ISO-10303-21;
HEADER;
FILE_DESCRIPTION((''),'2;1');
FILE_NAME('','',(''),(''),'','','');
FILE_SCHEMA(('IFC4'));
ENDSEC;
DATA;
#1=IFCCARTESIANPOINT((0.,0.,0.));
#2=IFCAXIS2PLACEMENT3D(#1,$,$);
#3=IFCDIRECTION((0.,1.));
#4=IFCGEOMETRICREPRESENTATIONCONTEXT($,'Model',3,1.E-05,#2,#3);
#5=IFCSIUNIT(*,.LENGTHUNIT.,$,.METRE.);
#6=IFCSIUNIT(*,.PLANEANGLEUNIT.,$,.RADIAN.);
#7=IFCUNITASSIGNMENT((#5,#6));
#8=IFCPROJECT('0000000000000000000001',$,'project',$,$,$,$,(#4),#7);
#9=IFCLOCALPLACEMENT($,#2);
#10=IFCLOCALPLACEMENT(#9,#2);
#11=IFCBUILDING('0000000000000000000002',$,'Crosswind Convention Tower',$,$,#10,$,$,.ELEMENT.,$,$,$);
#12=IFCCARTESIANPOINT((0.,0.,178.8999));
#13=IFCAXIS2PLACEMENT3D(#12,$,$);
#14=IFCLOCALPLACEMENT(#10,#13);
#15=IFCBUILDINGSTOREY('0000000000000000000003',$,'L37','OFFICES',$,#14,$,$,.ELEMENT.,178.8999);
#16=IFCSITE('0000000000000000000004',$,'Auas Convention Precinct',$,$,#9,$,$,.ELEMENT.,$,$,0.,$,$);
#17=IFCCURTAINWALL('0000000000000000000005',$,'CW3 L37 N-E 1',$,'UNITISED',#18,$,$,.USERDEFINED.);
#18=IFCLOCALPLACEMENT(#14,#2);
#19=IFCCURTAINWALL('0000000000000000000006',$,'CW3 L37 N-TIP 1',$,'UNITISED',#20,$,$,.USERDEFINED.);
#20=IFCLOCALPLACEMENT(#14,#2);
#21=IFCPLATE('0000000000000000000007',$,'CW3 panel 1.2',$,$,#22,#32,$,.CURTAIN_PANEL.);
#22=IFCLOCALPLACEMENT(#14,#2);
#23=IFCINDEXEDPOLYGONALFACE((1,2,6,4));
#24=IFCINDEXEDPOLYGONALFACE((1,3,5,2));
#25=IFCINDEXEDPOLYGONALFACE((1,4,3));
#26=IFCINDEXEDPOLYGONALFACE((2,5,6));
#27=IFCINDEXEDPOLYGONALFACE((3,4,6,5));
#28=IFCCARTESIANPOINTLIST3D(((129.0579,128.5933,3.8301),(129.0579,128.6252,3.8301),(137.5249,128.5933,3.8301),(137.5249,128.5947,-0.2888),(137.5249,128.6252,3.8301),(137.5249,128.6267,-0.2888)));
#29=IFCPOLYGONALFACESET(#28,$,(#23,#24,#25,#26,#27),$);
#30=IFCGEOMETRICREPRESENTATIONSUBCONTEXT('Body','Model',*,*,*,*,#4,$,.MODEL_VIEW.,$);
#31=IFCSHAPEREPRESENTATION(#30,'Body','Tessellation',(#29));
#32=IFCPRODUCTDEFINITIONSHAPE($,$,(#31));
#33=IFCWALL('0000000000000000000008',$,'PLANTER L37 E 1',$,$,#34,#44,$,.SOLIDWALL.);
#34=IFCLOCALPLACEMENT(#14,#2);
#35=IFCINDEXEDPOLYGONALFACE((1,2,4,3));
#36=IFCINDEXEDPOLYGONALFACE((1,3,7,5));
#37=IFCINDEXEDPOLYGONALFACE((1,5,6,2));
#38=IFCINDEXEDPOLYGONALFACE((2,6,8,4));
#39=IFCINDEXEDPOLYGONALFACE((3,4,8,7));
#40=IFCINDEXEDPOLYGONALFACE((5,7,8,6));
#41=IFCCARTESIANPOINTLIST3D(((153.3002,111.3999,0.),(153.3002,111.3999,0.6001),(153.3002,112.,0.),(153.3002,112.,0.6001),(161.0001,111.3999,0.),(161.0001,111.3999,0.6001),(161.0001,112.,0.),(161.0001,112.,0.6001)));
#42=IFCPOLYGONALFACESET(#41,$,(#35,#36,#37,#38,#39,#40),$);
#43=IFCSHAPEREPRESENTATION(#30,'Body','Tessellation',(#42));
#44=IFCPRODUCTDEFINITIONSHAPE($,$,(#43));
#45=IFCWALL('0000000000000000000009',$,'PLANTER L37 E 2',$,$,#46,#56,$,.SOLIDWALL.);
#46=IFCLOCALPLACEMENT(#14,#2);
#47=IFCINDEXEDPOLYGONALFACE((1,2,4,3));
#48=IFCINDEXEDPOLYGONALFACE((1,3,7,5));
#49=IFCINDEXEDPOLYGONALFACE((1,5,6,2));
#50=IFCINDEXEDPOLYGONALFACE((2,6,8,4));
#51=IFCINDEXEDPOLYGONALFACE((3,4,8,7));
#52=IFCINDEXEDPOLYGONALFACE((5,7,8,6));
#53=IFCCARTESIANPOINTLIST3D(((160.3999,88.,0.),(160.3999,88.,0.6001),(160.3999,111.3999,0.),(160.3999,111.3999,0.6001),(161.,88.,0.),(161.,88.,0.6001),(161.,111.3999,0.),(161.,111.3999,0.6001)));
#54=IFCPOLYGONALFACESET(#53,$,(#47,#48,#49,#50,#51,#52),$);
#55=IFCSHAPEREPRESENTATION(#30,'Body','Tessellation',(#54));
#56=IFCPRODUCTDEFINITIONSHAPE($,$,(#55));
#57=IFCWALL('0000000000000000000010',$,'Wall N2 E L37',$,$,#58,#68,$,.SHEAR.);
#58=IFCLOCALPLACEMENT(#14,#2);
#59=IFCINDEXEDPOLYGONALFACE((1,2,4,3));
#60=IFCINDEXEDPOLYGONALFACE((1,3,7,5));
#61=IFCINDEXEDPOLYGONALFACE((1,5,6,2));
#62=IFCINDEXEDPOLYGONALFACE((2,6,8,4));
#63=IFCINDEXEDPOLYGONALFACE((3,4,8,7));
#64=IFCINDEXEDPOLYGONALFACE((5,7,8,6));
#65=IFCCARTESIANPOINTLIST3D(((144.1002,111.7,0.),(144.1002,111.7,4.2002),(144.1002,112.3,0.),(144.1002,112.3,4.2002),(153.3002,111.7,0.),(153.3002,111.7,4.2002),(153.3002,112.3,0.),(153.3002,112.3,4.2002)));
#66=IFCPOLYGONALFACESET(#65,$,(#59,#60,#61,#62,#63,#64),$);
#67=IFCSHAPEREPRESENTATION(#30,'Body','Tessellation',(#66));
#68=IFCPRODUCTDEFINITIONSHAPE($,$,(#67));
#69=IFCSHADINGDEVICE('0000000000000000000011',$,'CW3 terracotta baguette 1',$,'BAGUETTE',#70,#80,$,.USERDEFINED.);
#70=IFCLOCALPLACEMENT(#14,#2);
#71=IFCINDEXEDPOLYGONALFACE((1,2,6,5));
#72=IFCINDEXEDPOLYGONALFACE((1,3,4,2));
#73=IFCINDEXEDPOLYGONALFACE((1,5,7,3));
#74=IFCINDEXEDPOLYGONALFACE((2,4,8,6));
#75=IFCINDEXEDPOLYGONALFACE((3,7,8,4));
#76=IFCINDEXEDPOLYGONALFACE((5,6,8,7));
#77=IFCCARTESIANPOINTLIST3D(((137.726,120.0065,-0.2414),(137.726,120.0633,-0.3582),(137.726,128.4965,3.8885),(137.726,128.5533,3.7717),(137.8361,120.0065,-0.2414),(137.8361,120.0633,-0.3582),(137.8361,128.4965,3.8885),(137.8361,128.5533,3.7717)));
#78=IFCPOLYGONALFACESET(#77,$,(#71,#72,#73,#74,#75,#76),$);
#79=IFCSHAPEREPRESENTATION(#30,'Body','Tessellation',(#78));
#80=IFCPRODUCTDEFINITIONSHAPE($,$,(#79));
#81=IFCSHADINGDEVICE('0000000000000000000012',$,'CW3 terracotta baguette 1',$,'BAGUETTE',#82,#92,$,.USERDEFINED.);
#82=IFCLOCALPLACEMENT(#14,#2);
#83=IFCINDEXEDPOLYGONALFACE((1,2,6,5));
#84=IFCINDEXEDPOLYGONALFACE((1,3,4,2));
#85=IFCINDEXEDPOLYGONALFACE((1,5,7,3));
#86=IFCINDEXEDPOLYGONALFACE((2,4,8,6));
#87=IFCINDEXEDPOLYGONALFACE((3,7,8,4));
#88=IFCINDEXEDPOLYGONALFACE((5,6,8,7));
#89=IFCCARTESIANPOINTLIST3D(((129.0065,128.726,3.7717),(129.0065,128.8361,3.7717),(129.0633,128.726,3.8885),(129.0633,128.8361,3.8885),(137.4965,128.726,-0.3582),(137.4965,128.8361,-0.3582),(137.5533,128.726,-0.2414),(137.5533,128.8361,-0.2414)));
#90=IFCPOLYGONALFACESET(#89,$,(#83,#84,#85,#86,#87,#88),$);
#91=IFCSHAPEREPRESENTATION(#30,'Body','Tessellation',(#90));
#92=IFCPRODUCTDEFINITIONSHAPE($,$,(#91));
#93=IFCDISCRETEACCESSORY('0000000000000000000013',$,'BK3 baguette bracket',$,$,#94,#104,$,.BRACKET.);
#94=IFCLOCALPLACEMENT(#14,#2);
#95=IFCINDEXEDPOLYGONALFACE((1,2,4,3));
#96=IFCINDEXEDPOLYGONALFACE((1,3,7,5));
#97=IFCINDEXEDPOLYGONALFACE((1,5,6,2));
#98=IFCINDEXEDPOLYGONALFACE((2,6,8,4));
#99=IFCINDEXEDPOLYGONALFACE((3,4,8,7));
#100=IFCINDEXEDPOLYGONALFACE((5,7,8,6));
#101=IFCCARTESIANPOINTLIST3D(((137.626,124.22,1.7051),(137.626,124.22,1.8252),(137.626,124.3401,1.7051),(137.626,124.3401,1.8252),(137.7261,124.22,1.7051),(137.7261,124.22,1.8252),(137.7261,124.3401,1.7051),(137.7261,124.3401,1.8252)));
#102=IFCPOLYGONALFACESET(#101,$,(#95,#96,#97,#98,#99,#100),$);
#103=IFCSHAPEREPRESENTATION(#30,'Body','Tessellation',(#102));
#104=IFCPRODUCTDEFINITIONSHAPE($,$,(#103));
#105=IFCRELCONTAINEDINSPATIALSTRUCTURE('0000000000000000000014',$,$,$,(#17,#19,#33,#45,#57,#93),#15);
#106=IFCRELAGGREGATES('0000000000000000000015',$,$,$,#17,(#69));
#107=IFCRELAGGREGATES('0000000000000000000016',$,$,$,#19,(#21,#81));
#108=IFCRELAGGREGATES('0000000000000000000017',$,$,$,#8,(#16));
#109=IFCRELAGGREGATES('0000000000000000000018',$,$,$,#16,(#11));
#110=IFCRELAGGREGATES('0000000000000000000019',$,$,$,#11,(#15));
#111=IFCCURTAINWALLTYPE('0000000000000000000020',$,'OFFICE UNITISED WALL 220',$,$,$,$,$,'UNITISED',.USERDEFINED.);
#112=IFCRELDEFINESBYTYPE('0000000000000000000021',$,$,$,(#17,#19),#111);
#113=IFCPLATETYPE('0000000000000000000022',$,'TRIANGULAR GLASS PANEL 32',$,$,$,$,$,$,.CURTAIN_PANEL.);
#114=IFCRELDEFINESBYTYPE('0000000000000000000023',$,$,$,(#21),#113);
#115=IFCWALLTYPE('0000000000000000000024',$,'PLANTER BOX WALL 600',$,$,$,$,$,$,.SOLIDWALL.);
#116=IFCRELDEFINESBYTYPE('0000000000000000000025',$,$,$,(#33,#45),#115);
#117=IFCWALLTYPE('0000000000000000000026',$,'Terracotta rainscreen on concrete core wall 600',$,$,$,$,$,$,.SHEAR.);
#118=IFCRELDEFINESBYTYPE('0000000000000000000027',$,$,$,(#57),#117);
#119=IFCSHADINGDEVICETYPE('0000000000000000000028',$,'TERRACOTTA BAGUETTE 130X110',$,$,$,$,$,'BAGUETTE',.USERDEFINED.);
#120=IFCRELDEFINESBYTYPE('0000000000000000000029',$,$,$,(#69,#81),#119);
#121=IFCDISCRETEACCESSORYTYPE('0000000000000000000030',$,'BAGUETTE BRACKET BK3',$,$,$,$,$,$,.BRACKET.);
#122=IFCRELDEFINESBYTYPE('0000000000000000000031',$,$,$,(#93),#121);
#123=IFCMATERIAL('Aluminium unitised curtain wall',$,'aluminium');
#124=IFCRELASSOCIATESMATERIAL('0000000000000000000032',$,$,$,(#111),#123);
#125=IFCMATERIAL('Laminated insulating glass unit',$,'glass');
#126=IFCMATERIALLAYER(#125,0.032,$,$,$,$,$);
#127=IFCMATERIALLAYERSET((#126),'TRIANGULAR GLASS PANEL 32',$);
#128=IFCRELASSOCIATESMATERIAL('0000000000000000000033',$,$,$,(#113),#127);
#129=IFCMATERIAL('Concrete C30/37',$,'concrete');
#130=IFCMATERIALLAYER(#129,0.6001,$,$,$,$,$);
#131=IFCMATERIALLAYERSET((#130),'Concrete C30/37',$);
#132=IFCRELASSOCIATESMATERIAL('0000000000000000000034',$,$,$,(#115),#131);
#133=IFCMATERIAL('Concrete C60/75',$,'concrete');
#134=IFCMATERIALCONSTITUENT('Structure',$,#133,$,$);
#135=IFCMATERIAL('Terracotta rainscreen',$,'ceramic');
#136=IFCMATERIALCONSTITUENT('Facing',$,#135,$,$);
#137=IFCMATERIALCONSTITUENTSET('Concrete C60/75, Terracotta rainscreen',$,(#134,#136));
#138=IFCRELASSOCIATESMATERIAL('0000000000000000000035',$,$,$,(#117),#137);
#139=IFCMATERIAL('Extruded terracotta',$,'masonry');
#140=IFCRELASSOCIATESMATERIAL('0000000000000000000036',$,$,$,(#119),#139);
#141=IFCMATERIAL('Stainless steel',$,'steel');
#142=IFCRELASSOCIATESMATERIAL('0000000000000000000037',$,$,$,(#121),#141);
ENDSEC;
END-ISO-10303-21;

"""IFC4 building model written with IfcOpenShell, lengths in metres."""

from ifc_helpers import new_model, si_unit, direction, frame, frame_2d, origin, origin_2d, place, context, subcontext, project, spatial, polyline, rectangle, outline, extrude, material, layer, layer_set, constituent, constituent_set, material_profile, profile_set, type_object, element, aggregate, save


model = new_model("IFC4")

# Units and contexts
model_context = context("Model", 3, precision=1e-05, world=origin(), true_north=direction((0.0, 1.0)))
body_context = subcontext(model_context, "Body", "Model", "MODEL_VIEW")
ifc_project = project(units=[si_unit("LENGTHUNIT", "METRE"), si_unit("PLANEANGLEUNIT", "RADIAN")], contexts=[model_context])

# Site, building, storey
site_placement = place(None, origin())
site = spatial("IfcSite", under=ifc_project, at=site_placement, Name="Auas Convention Precinct", CompositionType="ELEMENT", RefElevation=0.0)
building_placement = place(site_placement, origin())
building = spatial("IfcBuilding", under=site, at=building_placement, Name="Crosswind Convention Tower", CompositionType="ELEMENT")
storey_placement = place(building_placement, frame((0.0, 0.0, 178.8999)))
storey = spatial("IfcBuildingStorey", under=building, at=storey_placement, Name="L37", Description="OFFICES", CompositionType="ELEMENT", Elevation=178.8999)

# Curtain wall
ifc_material_1 = material(Name="Aluminium unitised curtain wall", Category="aluminium")
curtain_wall_type_1 = type_object("IfcCurtainWallType", Name="OFFICE UNITISED WALL 220", ElementType="UNITISED", PredefinedType="USERDEFINED", material=ifc_material_1)
curtain_wall_1_placement = place(storey_placement, origin())
curtain_wall_1 = element("IfcCurtainWall", 1, at=curtain_wall_1_placement, inside=storey, type_object=curtain_wall_type_1, Name="CW3 L37 N-E 1", ObjectType="UNITISED", PredefinedType="USERDEFINED")

# Curtain wall
curtain_wall_2_placement = place(storey_placement, origin())
curtain_wall_2 = element("IfcCurtainWall", 2, at=curtain_wall_2_placement, inside=storey, type_object=curtain_wall_type_1, Name="CW3 L37 N-TIP 1", ObjectType="UNITISED", PredefinedType="USERDEFINED")

# Plate
ifc_material_2 = material(Name="Laminated insulating glass unit", Category="glass")
ifc_layer_1 = layer(ifc_material_2, 0.032)
ifc_layer_set_1 = layer_set([ifc_layer_1], Name="TRIANGULAR GLASS PANEL 32")
plate_type_1 = type_object("IfcPlateType", Name="TRIANGULAR GLASS PANEL 32", PredefinedType="CURTAIN_PANEL", material=ifc_layer_set_1)
plate_1_placement = place(storey_placement, frame((137.5249, 128.6252, 3.8301), z_axis=(0.0, 1.0, 0.000356), x_axis=(0.0, 0.000356, -1.0)))
plate_1 = element("IfcPlate", 3, at=plate_1_placement, type_object=plate_type_1, Name="CW3 panel 1.2", PredefinedType="CURTAIN_PANEL", context=body_context, shape_type="SweptSolid", body=[
    extrude(outline(polyline([(0.0, 0.0), (4.1189, 0.0), (0.0, 8.467), (0.0, 0.0)])), origin(), (0.0, 0.0, -1.0), 0.032),
])

# Walls
ifc_material_3 = material(Name="Concrete C30/37", Category="concrete")
ifc_layer_2 = layer(ifc_material_3, 0.6001)
ifc_layer_set_2 = layer_set([ifc_layer_2], Name="Concrete C30/37")
wall_type_1 = type_object("IfcWallType", Name="PLANTER BOX WALL 600", PredefinedType="SOLIDWALL", material=ifc_layer_set_2)
wall_1_placement = place(storey_placement, frame((153.3, 111.7, 0.0), z_axis=(0.0, 0.0, 1.0), x_axis=(1.0, 0.0, 0.0)))
element("IfcWall", 4, at=wall_1_placement, inside=storey, type_object=wall_type_1, Name="PLANTER L37 E 1", PredefinedType="SOLIDWALL", context=body_context, shape_type="SweptSolid", body=[
    extrude(rectangle(XDim=7.7, YDim=0.6001, at=frame_2d((3.8501, 0.0))), origin(), (0.0, 0.0, 1.0), 0.6001),
])
wall_2_placement = place(storey_placement, frame((160.7, 111.3999, 0.0), z_axis=(0.0, 0.0, 1.0), x_axis=(0.0, -1.0, 0.0)))
element("IfcWall", 5, at=wall_2_placement, inside=storey, type_object=wall_type_1, Name="PLANTER L37 E 2", PredefinedType="SOLIDWALL", context=body_context, shape_type="SweptSolid", body=[
    extrude(rectangle(XDim=23.3999, YDim=0.6001, at=frame_2d((11.7, 0.0))), origin(), (0.0, 0.0, 1.0), 0.6001),
])
ifc_material_4 = material(Name="Concrete C60/75", Category="concrete")
ifc_constituent_1 = constituent(ifc_material_4, Name="Structure")
ifc_material_5 = material(Name="Terracotta rainscreen", Category="ceramic")
ifc_constituent_2 = constituent(ifc_material_5, Name="Facing")
ifc_constituent_set = constituent_set(constituents=[ifc_constituent_1, ifc_constituent_2], Name="Concrete C60/75, Terracotta rainscreen")
wall_type_2 = type_object("IfcWallType", Name="Terracotta rainscreen on concrete core wall 600", PredefinedType="SHEAR", material=ifc_constituent_set)
wall_3_placement = place(storey_placement, frame((144.1001, 112.0, 0.0), z_axis=(0.0, 0.0, 1.0), x_axis=(1.0, 0.0, 0.0)))
element("IfcWall", 6, at=wall_3_placement, inside=storey, type_object=wall_type_2, Name="Wall N2 E L37", PredefinedType="SHEAR", context=body_context, shape_type="SweptSolid", body=[
    extrude(rectangle(XDim=9.2, YDim=0.6001, at=frame_2d((4.6001, 0.0))), origin(), (0.0, 0.0, 1.0), 4.2002),
])

# Shading devices
ifc_material_6 = material(Name="Extruded terracotta", Category="masonry")
ifc_material_profile_1 = material_profile(ifc_material_6, rectangle(XDim=0.1101, YDim=0.1299, at=origin_2d()), Name="TC 110X130")
ifc_profile_set_1 = profile_set([ifc_material_profile_1], Name="Extruded terracotta")
shading_device_type = type_object("IfcShadingDeviceType", Name="TERRACOTTA BAGUETTE 130X110", ElementType="BAGUETTE", PredefinedType="USERDEFINED", material=ifc_profile_set_1)
shading_device_1_placement = place(storey_placement, frame((137.781, 120.0349, -0.2998), z_axis=(0.0, 0.899251, 0.437433), x_axis=(-1.0, 0.0, 0.0)))
shading_device_1 = element("IfcShadingDevice", 7, at=shading_device_1_placement, type_object=shading_device_type, Name="CW3 terracotta baguette 1", ObjectType="BAGUETTE", PredefinedType="USERDEFINED", context=body_context, shape_type="SweptSolid", body=[
    extrude(rectangle(XDim=0.1101, YDim=0.1299, at=origin_2d()), origin(), (0.0, 0.0, 1.0), 9.4412),
])
aggregate(curtain_wall_1, [shading_device_1])
shading_device_2_placement = place(storey_placement, frame((137.5249, 128.781, -0.2998), z_axis=(-0.899251, 0.0, 0.437433), x_axis=(0.0, -1.0, 0.0)))
shading_device_2 = element("IfcShadingDevice", 8, at=shading_device_2_placement, type_object=shading_device_type, Name="CW3 terracotta baguette 1", ObjectType="BAGUETTE", PredefinedType="USERDEFINED", context=body_context, shape_type="SweptSolid", body=[
    extrude(rectangle(XDim=0.1101, YDim=0.1299, at=origin_2d()), origin(), (0.0, 0.0, 1.0), 9.4412),
])
aggregate(curtain_wall_2, [plate_1, shading_device_2])

# Discrete accessory
ifc_material_7 = material(Name="Stainless steel", Category="steel")
discrete_accessory_type = type_object("IfcDiscreteAccessoryType", Name="BAGUETTE BRACKET BK3", PredefinedType="BRACKET", material=ifc_material_7)
discrete_accessory_placement = place(storey_placement, frame((137.676, 124.28, 1.7051), z_axis=(0.0, 0.0, 1.0), x_axis=(0.0, 1.0, 0.0)))
element("IfcDiscreteAccessory", 9, at=discrete_accessory_placement, inside=storey, type_object=discrete_accessory_type, Name="BK3 baguette bracket", PredefinedType="BRACKET", context=body_context, shape_type="SweptSolid", body=[
    extrude(rectangle(XDim=0.1201, YDim=0.1001, at=origin_2d()), origin(), (0.0, 0.0, 1.0), 0.1201),
])

save(model, "model.ifc")
